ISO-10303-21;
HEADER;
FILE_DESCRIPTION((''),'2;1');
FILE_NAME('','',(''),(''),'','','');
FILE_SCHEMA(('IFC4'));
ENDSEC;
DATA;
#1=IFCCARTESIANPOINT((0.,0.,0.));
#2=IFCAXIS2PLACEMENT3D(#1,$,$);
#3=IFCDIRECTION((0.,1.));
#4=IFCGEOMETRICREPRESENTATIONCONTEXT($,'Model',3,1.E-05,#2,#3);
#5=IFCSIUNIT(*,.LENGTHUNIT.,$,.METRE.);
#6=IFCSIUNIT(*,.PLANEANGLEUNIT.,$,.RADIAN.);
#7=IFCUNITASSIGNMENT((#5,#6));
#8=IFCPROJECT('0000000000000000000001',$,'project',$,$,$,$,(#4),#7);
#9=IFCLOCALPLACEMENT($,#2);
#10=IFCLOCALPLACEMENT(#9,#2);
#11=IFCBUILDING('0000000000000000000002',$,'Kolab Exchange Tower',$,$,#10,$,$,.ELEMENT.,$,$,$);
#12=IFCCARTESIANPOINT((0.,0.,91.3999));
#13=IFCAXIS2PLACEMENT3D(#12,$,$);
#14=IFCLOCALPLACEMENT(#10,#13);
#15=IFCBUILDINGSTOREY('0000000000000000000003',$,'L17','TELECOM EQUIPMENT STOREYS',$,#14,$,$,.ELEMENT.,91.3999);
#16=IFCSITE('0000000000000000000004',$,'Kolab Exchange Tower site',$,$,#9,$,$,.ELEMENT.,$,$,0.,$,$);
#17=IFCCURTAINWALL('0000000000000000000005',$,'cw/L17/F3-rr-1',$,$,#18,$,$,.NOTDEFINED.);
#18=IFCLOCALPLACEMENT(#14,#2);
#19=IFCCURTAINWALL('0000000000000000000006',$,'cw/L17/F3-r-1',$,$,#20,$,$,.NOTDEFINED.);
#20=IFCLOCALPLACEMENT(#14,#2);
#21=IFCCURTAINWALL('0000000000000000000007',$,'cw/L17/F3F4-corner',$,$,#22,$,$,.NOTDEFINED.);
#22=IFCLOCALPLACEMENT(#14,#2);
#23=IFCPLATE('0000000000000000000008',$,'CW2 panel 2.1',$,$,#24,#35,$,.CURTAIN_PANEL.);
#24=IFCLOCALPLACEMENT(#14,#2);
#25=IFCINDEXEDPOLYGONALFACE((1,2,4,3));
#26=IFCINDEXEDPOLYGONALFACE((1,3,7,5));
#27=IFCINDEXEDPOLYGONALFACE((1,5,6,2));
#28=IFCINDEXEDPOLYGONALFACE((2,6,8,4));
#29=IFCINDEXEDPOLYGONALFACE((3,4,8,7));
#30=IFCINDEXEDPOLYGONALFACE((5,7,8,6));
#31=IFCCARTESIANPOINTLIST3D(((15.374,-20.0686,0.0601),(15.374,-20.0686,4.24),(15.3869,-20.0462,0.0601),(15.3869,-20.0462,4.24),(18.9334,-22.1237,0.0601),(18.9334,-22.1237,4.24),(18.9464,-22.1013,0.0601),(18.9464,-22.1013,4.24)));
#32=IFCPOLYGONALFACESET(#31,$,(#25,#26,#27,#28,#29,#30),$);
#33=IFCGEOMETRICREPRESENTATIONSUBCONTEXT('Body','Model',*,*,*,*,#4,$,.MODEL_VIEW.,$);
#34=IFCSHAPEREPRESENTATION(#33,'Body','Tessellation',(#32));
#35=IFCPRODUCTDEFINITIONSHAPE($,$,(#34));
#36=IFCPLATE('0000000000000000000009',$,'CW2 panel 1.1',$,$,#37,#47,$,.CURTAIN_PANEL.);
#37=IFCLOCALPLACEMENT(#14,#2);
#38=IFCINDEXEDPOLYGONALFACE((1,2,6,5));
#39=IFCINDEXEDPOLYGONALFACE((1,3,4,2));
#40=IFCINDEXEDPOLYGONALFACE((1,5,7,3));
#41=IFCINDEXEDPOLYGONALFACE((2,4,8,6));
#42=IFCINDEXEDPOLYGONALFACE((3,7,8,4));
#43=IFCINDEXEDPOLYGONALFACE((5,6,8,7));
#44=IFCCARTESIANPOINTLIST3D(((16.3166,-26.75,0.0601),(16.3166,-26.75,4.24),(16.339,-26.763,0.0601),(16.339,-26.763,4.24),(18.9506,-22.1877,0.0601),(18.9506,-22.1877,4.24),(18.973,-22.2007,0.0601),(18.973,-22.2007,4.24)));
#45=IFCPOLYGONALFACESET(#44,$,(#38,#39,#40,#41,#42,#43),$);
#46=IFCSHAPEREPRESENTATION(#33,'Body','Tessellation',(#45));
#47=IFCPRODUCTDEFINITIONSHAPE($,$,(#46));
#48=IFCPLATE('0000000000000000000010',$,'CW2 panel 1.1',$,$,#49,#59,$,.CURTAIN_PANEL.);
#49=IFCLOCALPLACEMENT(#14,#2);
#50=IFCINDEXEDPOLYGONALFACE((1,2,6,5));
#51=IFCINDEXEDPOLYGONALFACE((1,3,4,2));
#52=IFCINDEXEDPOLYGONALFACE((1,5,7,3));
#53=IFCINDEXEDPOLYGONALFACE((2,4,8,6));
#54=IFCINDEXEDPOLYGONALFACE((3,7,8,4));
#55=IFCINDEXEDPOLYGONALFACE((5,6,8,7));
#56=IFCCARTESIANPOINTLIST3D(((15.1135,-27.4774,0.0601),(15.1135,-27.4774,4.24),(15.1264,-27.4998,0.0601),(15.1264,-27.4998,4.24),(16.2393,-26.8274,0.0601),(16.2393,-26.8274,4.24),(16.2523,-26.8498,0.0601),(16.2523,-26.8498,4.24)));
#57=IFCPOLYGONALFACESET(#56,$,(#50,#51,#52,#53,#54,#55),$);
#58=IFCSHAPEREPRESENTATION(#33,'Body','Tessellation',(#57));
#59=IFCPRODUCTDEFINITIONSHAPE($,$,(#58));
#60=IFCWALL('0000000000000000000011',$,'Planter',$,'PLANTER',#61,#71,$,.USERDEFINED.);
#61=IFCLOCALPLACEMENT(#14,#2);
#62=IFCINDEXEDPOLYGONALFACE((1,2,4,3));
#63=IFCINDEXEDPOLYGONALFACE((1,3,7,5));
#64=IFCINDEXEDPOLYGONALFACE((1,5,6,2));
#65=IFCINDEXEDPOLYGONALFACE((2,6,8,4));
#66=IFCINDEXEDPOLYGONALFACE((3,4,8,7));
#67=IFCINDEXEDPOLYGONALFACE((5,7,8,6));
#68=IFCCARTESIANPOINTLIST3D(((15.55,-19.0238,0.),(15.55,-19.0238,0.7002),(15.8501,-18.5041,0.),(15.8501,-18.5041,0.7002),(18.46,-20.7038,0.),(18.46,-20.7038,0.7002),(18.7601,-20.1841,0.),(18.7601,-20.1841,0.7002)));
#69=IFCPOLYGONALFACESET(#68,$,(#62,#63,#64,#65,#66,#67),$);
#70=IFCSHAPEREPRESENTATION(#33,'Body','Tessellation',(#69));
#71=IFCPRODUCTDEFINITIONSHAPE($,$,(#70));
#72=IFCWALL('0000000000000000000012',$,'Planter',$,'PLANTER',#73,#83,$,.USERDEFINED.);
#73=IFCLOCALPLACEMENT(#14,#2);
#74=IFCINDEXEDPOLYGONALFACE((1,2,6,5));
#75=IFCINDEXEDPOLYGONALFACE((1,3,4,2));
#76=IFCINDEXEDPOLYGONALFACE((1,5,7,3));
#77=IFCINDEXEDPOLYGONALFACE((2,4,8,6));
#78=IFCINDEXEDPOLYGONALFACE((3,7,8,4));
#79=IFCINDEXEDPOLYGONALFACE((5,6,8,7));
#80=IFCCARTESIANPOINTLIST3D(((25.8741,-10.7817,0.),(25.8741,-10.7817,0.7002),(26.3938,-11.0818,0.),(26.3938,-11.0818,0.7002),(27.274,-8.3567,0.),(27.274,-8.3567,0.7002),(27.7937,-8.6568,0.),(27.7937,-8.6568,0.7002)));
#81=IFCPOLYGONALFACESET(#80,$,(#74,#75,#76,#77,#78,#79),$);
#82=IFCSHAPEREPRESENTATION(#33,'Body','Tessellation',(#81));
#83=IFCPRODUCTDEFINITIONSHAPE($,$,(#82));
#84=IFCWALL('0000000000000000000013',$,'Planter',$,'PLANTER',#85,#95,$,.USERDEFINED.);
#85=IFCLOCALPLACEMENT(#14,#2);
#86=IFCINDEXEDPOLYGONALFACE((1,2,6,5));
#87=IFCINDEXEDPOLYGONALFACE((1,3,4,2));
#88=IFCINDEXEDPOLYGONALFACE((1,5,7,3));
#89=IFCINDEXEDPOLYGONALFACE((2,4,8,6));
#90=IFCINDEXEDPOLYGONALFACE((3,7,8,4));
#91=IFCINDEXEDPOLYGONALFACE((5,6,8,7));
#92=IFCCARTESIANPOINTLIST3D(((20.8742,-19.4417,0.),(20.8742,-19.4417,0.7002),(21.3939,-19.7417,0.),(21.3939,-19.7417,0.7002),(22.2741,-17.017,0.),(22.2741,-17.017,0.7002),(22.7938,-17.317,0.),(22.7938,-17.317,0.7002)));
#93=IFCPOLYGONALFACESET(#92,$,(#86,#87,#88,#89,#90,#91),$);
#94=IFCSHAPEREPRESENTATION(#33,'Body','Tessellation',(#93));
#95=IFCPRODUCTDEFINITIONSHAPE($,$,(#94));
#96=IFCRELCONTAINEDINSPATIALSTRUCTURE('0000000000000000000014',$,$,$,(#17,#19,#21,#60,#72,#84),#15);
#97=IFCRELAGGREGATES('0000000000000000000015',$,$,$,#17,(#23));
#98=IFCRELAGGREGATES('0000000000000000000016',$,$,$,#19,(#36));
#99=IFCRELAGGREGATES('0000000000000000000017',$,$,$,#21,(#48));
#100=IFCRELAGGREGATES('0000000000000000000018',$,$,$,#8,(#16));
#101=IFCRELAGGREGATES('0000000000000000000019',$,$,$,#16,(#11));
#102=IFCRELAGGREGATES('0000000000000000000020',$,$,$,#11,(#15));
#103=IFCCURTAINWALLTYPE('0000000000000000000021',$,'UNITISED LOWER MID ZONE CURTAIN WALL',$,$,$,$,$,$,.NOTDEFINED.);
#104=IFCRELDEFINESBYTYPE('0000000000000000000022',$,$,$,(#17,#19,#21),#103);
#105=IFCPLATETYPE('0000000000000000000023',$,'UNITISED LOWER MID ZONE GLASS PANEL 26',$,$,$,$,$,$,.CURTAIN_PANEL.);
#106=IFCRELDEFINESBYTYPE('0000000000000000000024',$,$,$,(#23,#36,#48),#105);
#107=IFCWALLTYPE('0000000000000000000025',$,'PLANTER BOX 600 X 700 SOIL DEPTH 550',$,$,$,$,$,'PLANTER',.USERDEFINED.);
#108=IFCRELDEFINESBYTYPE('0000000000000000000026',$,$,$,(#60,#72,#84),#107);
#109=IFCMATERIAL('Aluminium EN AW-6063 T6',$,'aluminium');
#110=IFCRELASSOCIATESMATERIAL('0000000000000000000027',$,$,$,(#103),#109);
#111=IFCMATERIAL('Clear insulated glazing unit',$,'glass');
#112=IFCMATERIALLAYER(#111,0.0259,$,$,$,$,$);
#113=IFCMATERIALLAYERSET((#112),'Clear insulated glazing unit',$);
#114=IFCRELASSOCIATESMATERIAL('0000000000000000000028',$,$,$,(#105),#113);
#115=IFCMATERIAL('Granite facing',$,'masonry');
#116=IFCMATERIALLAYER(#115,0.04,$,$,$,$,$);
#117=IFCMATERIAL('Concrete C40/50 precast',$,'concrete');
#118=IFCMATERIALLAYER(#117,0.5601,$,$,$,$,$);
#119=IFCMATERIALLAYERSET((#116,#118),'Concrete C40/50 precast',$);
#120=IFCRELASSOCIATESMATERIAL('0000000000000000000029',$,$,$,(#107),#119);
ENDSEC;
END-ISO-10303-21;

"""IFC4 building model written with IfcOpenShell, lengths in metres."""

from ifc_helpers import new_model, si_unit, direction, frame, frame_2d, origin, origin_2d, place, context, subcontext, project, spatial, rectangle, extrude, material, layer, layer_set, type_object, element, aggregate, save


model = new_model("IFC4")

# Units and contexts
model_context = context("Model", 3, precision=1e-05, world=origin(), true_north=direction((0.0, 1.0)))
body_context = subcontext(model_context, "Body", "Model", "MODEL_VIEW")
ifc_project = project(units=[si_unit("LENGTHUNIT", "METRE"), si_unit("PLANEANGLEUNIT", "RADIAN")], contexts=[model_context])

# Site, building, storey
site_placement = place(None, origin())
site = spatial("IfcSite", under=ifc_project, at=site_placement, Name="Kolab Exchange Tower site", CompositionType="ELEMENT", RefElevation=0.0)
building_placement = place(site_placement, origin())
building = spatial("IfcBuilding", under=site, at=building_placement, Name="Kolab Exchange Tower", CompositionType="ELEMENT")
storey_placement = place(building_placement, frame((0.0, 0.0, 91.3999)))
storey = spatial("IfcBuildingStorey", under=building, at=storey_placement, Name="L17", Description="TELECOM EQUIPMENT STOREYS", CompositionType="ELEMENT", Elevation=91.3999)

# Curtain wall
ifc_material_1 = material(Name="Aluminium EN AW-6063 T6", Category="aluminium")
curtain_wall_type = type_object("IfcCurtainWallType", Name="UNITISED LOWER MID ZONE CURTAIN WALL", PredefinedType="NOTDEFINED", material=ifc_material_1)
curtain_wall_1_placement = place(storey_placement, origin())
curtain_wall_1 = element("IfcCurtainWall", 1, at=curtain_wall_1_placement, inside=storey, type_object=curtain_wall_type, Name="cw/L17/F3-rr-1", PredefinedType="NOTDEFINED")

# Curtain wall
curtain_wall_2_placement = place(storey_placement, origin())
curtain_wall_2 = element("IfcCurtainWall", 2, at=curtain_wall_2_placement, inside=storey, type_object=curtain_wall_type, Name="cw/L17/F3-r-1", PredefinedType="NOTDEFINED")

# Curtain wall
curtain_wall_3_placement = place(storey_placement, origin())
curtain_wall_3 = element("IfcCurtainWall", 3, at=curtain_wall_3_placement, inside=storey, type_object=curtain_wall_type, Name="cw/L17/F3F4-corner", PredefinedType="NOTDEFINED")

# Plates
ifc_material_2 = material(Name="Clear insulated glazing unit", Category="glass")
ifc_layer_1 = layer(ifc_material_2, 0.0259)
ifc_layer_set_1 = layer_set([ifc_layer_1], Name="Clear insulated glazing unit")
plate_type = type_object("IfcPlateType", Name="UNITISED LOWER MID ZONE GLASS PANEL 26", PredefinedType="CURTAIN_PANEL", material=ifc_layer_set_1)
plate_1_placement = place(storey_placement, frame((17.1602, -21.085, 0.0601), z_axis=(0.0, 0.0, 1.0), x_axis=(0.866025, -0.5, 0.0)))
plate_1 = element("IfcPlate", 4, at=plate_1_placement, type_object=plate_type, Name="CW2 panel 2.1", PredefinedType="CURTAIN_PANEL", context=body_context, shape_type="SweptSolid", body=[
    extrude(rectangle(XDim=4.1101, YDim=0.0259, at=origin_2d()), origin(), (0.0, 0.0, 1.0), 4.1799),
])
aggregate(curtain_wall_1, [plate_1])
plate_2_placement = place(storey_placement, frame((17.6448, -24.4753, 0.0601), z_axis=(0.0, 0.0, 1.0), x_axis=(-0.5, -0.866025, 0.0)))
plate_2 = element("IfcPlate", 5, at=plate_2_placement, type_object=plate_type, Name="CW2 panel 1.1", PredefinedType="CURTAIN_PANEL", context=body_context, shape_type="SweptSolid", body=[
    extrude(rectangle(XDim=5.2681, YDim=0.0259, at=origin_2d()), origin(), (0.0, 0.0, 1.0), 4.1799),
])
aggregate(curtain_wall_2, [plate_2])
plate_3_placement = place(storey_placement, frame((15.6829, -27.1636, 0.0601), z_axis=(0.0, 0.0, 1.0), x_axis=(-0.866025, -0.5, 0.0)))
plate_3 = element("IfcPlate", 6, at=plate_3_placement, type_object=plate_type, Name="CW2 panel 1.1", PredefinedType="CURTAIN_PANEL", context=body_context, shape_type="SweptSolid", body=[
    extrude(rectangle(XDim=1.3, YDim=0.0259, at=origin_2d()), origin(), (0.0, 0.0, 1.0), 4.1799),
])
aggregate(curtain_wall_3, [plate_3])

# Walls
ifc_material_3 = material(Name="Granite facing", Category="masonry")
ifc_layer_2 = layer(ifc_material_3, 0.04)
ifc_material_4 = material(Name="Concrete C40/50 precast", Category="concrete")
ifc_layer_3 = layer(ifc_material_4, 0.5601)
ifc_layer_set_2 = layer_set([ifc_layer_2, ifc_layer_3], Name="Concrete C40/50 precast")
wall_type = type_object("IfcWallType", Name="PLANTER BOX 600 X 700 SOIL DEPTH 550", ElementType="PLANTER", PredefinedType="USERDEFINED", material=ifc_layer_set_2)
wall_1_placement = place(storey_placement, frame((15.7, -18.7639, 0.0), z_axis=(0.0, 0.0, 1.0), x_axis=(0.866039, -0.499976, 0.0)))
element("IfcWall", 7, at=wall_1_placement, inside=storey, type_object=wall_type, Name="Planter", ObjectType="PLANTER", PredefinedType="USERDEFINED", context=body_context, shape_type="SweptSolid", body=[
    extrude(rectangle(XDim=3.3601, YDim=0.6001, at=frame_2d((1.6802, 0.0))), origin(), (0.0, 0.0, 1.0), 0.7002),
])
wall_2_placement = place(storey_placement, frame((26.134, -10.9316, 0.0), z_axis=(0.0, 0.0, 1.0), x_axis=(0.499946, 0.866056, 0.0)))
element("IfcWall", 8, at=wall_2_placement, inside=storey, type_object=wall_type, Name="Planter", ObjectType="PLANTER", PredefinedType="USERDEFINED", context=body_context, shape_type="SweptSolid", body=[
    extrude(rectangle(XDim=2.8, YDim=0.6001, at=frame_2d((1.3999, 0.0))), origin(), (0.0, 0.0, 1.0), 0.7002),
])
wall_3_placement = place(storey_placement, frame((22.5339, -17.167, 0.0), z_axis=(0.0, 0.0, 1.0), x_axis=(-0.499984, -0.866035, 0.0)))
element("IfcWall", 9, at=wall_3_placement, inside=storey, type_object=wall_type, Name="Planter", ObjectType="PLANTER", PredefinedType="USERDEFINED", context=body_context, shape_type="SweptSolid", body=[
    extrude(rectangle(XDim=2.7998, YDim=0.6001, at=frame_2d((1.3999, 0.0))), origin(), (0.0, 0.0, 1.0), 0.7002),
])

save(model, "model.ifc")
